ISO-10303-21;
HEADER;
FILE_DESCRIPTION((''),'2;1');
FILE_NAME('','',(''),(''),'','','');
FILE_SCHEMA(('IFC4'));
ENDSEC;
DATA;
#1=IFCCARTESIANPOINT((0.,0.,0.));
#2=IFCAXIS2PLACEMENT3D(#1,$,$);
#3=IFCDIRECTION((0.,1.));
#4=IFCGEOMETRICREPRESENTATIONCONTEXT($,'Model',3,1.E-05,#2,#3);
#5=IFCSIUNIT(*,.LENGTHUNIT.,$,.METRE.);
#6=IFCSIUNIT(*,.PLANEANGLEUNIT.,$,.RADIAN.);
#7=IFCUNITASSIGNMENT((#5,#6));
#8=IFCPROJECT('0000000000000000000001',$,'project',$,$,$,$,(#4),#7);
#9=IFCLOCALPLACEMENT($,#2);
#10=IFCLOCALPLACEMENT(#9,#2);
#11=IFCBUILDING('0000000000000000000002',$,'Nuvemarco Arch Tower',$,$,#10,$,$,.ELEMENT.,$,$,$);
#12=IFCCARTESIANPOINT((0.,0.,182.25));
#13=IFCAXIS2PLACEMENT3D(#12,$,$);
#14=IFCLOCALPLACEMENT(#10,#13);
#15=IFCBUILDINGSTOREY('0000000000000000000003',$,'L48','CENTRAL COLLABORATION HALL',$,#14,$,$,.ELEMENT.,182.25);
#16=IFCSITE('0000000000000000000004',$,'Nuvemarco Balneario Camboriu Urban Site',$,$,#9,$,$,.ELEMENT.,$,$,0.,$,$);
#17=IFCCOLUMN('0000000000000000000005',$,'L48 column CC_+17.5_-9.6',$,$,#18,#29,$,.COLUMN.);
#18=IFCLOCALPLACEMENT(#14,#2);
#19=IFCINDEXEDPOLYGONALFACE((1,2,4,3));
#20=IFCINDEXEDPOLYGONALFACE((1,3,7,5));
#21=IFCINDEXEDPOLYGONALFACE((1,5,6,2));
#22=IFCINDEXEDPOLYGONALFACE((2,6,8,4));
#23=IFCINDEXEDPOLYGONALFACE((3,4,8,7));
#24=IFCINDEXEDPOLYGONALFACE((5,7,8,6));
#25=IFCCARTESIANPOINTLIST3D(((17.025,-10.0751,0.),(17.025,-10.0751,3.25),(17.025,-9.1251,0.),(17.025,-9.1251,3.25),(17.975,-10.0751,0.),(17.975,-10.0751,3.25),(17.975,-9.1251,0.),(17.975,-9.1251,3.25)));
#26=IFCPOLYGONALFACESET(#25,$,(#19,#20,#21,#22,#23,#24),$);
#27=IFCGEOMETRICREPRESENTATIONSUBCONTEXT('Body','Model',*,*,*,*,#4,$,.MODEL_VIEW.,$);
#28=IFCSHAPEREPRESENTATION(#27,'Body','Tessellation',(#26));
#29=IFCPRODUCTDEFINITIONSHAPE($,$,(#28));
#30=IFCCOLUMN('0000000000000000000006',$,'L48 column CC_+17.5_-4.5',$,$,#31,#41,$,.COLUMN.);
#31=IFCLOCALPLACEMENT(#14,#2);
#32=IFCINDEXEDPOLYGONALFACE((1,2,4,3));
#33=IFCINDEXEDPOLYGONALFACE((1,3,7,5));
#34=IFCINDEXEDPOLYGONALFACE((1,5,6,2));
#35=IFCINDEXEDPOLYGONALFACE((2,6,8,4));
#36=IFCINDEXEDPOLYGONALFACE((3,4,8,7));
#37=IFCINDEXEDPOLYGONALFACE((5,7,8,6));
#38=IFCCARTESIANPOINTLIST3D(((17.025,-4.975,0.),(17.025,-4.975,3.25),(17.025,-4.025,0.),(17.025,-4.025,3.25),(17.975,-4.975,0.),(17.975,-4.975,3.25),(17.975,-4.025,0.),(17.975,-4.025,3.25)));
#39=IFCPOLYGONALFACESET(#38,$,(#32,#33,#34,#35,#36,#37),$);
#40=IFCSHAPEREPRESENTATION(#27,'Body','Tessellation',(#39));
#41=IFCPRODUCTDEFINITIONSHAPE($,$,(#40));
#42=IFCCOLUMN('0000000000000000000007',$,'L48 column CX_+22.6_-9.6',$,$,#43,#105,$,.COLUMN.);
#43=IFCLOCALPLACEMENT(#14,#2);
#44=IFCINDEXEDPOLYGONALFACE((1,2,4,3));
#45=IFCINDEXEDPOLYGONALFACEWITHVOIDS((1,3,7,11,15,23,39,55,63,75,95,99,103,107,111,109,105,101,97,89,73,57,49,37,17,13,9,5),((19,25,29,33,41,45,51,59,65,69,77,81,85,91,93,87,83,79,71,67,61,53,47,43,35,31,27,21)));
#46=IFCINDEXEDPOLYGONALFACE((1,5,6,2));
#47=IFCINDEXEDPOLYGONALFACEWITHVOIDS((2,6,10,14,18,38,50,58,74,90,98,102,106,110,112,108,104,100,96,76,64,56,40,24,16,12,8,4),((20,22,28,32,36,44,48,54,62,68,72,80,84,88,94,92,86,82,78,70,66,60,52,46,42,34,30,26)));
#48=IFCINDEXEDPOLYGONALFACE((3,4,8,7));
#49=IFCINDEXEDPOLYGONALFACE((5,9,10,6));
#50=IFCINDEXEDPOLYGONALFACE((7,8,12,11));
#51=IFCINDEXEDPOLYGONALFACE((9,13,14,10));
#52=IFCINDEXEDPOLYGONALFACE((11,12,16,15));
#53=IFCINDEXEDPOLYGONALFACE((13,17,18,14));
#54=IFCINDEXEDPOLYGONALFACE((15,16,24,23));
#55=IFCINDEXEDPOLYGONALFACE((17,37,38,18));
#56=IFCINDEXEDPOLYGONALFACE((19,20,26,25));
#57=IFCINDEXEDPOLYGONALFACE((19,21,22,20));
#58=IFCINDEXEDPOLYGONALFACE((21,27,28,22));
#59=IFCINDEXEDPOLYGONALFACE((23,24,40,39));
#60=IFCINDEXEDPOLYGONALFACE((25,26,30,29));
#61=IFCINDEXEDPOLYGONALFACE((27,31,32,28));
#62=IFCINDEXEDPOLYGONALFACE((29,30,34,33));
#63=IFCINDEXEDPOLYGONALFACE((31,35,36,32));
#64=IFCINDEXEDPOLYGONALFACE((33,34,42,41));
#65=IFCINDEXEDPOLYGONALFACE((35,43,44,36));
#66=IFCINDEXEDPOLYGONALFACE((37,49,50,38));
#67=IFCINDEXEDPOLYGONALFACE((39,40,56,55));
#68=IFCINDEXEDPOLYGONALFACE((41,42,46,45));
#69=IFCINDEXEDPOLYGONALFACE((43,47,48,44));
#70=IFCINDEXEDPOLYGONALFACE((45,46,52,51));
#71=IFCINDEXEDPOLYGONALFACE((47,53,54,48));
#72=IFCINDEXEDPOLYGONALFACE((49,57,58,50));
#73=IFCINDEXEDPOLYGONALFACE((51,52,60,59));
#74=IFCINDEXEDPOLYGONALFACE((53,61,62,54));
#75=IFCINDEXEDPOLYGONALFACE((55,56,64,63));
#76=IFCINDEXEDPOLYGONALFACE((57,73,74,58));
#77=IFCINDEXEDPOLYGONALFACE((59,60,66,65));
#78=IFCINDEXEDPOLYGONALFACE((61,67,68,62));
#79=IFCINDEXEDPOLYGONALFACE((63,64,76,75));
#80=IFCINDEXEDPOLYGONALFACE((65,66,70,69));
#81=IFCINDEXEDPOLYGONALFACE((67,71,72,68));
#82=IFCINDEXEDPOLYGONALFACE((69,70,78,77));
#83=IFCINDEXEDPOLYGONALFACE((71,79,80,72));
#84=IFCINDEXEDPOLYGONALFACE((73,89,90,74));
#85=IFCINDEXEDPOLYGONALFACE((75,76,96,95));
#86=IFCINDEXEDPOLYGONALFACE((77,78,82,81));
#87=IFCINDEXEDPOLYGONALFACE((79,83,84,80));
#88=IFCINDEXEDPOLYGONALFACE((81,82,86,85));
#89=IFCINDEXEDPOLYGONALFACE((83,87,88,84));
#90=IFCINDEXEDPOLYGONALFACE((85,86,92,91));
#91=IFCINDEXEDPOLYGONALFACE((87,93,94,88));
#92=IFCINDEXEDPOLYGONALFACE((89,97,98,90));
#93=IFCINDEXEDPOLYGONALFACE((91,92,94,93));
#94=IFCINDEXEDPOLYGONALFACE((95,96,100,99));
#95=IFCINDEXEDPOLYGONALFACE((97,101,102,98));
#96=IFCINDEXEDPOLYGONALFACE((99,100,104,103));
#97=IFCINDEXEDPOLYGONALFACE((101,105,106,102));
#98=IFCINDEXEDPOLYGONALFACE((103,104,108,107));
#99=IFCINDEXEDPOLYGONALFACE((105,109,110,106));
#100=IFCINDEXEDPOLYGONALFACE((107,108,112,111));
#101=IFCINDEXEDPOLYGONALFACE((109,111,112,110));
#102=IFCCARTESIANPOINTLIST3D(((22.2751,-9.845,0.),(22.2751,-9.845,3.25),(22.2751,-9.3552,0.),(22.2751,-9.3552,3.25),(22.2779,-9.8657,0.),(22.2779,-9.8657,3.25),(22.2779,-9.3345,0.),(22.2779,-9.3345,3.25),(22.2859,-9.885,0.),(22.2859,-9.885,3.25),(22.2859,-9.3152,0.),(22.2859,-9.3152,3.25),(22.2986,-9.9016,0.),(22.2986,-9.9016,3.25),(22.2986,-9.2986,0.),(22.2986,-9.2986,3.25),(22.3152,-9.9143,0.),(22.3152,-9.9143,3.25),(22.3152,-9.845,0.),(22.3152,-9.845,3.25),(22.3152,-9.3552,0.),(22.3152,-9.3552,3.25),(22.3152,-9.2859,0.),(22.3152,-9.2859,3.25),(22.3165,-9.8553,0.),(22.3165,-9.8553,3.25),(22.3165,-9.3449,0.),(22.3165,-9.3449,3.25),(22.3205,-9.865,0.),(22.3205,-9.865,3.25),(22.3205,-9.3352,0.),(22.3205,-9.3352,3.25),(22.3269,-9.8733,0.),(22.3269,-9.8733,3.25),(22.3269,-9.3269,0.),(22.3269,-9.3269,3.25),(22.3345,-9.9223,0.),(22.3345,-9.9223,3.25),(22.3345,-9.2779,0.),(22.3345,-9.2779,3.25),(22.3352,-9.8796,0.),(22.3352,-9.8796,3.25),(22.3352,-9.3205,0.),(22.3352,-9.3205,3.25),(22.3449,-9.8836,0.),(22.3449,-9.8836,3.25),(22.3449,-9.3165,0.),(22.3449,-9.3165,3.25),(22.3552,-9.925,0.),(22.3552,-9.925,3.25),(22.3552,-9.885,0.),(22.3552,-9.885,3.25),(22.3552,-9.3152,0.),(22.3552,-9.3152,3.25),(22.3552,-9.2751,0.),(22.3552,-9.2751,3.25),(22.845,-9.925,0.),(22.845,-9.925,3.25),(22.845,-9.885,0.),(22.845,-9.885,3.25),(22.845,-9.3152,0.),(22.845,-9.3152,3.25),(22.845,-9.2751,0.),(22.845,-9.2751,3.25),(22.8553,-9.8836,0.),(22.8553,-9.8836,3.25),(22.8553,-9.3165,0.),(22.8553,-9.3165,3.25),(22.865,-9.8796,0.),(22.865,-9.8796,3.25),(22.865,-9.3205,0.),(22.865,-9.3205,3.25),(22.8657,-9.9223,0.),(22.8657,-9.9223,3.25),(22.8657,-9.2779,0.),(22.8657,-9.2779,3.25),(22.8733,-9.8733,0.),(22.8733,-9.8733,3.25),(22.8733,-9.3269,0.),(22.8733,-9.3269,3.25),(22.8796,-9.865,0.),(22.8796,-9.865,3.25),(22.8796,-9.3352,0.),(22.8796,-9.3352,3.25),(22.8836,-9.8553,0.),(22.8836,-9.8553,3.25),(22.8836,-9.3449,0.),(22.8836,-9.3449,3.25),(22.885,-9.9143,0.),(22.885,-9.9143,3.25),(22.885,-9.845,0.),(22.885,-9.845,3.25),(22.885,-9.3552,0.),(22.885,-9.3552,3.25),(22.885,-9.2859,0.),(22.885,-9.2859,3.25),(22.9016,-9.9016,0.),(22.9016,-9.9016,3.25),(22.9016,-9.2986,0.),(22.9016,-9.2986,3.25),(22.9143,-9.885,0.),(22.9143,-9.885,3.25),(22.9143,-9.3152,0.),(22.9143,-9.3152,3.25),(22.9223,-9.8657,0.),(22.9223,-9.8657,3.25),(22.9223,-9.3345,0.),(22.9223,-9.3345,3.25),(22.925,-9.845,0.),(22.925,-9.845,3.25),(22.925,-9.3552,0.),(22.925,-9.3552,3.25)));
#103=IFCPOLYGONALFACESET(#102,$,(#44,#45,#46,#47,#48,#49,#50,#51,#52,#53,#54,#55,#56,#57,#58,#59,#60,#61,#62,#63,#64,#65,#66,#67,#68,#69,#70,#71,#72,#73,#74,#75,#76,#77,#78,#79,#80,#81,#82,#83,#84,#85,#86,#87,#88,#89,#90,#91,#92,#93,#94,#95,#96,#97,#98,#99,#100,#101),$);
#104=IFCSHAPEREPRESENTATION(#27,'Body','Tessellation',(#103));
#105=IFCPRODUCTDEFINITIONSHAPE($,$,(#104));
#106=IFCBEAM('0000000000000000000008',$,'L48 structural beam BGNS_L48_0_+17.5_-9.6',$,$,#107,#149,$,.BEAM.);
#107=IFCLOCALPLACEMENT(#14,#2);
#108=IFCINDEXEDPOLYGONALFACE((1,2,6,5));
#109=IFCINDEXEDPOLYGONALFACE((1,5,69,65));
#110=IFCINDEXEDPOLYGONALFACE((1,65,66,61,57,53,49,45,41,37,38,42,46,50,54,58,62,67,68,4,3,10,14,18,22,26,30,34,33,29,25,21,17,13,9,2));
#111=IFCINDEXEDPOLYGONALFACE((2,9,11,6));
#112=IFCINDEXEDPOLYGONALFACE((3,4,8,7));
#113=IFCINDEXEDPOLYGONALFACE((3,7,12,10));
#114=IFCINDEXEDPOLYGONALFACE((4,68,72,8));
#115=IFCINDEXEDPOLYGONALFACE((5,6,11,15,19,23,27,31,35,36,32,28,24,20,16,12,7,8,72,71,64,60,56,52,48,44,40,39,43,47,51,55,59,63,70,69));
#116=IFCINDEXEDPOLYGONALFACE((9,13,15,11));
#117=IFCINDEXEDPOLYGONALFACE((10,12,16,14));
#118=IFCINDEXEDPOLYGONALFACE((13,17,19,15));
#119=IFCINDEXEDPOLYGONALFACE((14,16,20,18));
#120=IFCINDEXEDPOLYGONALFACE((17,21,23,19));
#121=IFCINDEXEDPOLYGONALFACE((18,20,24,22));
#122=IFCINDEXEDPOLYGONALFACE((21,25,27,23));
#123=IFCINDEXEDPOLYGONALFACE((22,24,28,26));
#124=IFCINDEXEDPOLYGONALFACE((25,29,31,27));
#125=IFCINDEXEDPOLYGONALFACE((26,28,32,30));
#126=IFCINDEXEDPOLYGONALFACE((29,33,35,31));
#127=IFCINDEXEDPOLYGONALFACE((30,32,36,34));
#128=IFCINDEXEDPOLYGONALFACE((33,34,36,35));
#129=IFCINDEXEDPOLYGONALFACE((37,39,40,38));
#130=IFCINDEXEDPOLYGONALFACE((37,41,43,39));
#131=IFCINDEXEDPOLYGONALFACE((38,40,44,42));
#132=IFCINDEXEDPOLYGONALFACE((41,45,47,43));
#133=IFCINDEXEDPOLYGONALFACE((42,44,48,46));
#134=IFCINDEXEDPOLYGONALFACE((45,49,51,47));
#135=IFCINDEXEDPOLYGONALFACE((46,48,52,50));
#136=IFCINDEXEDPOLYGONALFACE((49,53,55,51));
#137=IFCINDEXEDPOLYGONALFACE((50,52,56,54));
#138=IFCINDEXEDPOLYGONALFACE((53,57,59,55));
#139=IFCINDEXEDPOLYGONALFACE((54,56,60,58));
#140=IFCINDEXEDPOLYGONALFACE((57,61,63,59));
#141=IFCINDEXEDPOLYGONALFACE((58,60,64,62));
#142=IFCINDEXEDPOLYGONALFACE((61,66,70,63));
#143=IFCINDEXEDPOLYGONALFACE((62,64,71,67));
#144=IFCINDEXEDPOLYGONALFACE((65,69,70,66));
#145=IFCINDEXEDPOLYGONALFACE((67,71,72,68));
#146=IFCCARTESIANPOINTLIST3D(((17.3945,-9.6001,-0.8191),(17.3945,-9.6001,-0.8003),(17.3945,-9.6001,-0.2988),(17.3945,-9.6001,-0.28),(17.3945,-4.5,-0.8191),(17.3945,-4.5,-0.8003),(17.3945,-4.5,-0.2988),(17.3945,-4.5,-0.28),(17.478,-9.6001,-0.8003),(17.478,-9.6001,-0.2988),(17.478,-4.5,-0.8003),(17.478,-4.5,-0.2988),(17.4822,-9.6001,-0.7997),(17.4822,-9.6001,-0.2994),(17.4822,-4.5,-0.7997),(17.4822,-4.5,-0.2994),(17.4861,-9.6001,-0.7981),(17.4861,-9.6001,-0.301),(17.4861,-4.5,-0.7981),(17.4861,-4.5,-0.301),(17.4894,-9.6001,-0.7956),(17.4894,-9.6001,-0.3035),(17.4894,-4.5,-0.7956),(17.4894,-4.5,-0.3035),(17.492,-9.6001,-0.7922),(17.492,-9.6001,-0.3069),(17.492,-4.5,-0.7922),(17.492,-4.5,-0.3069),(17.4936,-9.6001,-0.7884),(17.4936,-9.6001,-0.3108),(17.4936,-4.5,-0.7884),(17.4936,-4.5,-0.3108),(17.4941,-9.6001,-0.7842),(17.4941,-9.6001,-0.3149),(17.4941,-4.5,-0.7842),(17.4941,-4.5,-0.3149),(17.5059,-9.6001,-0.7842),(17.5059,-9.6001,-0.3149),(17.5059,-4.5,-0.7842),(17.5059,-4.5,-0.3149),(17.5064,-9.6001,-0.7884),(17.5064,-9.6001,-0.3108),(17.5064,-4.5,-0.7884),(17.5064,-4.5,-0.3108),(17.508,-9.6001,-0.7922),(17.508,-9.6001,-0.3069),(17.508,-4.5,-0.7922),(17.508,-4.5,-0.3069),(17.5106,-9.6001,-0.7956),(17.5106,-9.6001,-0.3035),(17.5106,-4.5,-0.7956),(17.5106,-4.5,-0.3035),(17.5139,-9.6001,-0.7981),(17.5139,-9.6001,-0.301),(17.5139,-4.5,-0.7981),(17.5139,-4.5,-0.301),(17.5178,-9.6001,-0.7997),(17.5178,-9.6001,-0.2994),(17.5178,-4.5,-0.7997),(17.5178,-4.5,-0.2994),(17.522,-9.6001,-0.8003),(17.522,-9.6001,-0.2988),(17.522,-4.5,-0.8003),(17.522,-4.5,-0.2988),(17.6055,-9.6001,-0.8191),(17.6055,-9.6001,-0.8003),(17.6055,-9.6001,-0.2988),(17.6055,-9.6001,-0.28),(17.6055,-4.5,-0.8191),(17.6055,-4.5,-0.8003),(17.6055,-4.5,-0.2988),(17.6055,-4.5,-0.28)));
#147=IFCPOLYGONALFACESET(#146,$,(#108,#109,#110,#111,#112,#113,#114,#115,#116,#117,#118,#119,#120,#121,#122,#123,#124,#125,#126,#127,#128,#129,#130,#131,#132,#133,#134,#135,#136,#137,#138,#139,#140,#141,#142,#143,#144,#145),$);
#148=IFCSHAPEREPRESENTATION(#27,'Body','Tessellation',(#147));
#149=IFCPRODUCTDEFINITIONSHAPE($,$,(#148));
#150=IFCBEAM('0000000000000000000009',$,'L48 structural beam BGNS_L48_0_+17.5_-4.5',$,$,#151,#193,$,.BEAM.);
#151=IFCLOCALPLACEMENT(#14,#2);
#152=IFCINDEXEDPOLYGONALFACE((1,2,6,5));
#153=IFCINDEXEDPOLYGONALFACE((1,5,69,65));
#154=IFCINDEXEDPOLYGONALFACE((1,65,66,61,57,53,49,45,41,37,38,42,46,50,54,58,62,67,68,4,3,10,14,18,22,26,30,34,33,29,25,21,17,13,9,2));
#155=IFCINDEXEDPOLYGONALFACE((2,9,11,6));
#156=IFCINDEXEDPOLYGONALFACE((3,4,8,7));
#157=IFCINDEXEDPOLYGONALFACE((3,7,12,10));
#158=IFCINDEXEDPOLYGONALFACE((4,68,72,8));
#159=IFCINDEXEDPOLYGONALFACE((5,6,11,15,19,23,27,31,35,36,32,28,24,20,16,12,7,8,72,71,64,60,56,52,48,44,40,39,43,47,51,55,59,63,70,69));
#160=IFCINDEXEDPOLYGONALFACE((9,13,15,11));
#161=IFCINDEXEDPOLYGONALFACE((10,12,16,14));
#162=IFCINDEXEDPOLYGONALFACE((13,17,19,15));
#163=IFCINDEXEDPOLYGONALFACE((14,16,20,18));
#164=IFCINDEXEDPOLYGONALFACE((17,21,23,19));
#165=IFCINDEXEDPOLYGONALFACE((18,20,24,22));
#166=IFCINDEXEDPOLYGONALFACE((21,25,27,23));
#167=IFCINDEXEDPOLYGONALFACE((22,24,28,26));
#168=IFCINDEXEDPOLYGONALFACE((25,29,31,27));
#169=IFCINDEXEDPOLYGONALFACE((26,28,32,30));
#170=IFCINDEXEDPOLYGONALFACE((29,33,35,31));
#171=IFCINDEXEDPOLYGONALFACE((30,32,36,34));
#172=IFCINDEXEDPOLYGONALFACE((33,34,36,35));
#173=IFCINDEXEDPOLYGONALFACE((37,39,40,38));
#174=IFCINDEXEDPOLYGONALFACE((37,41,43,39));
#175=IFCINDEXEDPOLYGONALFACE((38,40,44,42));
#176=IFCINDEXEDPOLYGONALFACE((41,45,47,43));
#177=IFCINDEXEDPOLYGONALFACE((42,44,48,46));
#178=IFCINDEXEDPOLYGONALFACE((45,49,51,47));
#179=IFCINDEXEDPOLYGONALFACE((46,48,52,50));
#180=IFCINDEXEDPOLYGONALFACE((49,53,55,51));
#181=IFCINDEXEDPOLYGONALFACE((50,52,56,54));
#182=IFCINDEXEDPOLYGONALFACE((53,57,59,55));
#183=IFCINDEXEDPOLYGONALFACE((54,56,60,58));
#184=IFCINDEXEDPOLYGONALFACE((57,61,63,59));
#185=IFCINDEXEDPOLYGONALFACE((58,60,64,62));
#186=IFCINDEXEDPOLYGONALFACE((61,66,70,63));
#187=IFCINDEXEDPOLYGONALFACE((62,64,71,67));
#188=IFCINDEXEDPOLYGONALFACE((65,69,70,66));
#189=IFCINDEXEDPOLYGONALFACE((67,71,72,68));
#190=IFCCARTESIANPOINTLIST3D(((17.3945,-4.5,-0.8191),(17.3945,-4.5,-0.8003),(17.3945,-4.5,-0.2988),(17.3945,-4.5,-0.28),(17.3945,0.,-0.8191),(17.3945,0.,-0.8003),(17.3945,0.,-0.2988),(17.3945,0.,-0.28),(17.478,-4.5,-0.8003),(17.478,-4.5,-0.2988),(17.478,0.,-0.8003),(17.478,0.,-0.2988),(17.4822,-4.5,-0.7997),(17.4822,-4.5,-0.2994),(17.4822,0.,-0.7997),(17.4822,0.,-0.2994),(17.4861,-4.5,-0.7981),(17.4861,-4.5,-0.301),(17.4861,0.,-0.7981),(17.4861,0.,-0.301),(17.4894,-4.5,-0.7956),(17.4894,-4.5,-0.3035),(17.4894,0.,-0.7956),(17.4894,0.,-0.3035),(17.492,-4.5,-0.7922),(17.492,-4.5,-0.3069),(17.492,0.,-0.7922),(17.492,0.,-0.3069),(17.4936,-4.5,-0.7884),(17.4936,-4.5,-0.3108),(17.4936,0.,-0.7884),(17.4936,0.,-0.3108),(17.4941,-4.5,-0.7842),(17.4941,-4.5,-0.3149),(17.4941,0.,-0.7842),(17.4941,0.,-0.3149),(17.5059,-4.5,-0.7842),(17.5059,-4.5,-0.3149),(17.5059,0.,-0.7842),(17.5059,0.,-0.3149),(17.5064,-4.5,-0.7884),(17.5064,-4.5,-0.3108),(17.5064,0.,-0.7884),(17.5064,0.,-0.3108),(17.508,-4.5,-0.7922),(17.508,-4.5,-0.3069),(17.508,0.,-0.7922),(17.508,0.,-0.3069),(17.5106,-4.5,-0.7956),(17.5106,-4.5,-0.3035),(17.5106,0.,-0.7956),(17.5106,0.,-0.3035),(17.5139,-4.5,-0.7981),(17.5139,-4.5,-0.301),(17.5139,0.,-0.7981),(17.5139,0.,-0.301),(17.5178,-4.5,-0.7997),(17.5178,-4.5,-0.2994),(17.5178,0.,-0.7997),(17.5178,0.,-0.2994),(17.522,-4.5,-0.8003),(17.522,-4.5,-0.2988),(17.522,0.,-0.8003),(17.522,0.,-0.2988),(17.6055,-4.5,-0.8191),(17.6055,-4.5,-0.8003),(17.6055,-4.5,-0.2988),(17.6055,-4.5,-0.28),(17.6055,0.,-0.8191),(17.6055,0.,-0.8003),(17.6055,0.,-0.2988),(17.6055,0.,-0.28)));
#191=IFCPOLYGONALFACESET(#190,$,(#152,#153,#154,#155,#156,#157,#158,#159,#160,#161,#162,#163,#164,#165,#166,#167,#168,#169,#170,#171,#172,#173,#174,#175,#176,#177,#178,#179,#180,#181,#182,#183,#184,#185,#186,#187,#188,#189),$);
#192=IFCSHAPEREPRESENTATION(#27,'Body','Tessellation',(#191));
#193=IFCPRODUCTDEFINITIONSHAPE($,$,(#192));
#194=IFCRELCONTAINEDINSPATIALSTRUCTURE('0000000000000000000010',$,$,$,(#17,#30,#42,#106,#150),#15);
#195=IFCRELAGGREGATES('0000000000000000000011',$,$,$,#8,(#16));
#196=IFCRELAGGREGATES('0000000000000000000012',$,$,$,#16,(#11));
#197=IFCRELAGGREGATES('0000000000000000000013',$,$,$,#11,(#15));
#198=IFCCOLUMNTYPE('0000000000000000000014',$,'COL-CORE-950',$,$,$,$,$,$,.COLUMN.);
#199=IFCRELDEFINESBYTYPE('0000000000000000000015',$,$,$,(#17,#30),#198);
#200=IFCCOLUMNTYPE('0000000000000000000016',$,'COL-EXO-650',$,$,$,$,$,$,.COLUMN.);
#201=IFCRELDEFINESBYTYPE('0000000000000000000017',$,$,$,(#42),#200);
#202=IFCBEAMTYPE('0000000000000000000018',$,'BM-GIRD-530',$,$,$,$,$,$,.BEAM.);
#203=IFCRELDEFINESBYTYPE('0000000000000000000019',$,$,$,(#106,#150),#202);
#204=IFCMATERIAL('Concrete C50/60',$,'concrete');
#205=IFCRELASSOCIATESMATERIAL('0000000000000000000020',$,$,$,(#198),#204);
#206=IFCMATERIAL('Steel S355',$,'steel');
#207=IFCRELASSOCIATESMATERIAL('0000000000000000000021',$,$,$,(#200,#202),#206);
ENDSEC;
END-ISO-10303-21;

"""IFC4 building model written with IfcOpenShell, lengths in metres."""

from ifc_helpers import new_model, si_unit, direction, frame, origin, origin_2d, place, context, subcontext, project, spatial, rectangle, hollow_rectangle, i_section, extrude, material, material_profile, profile_set, type_object, element, save


model = new_model("IFC4")

# Units and contexts
model_context = context("Model", 3, precision=1e-05, world=origin(), true_north=direction((0.0, 1.0)))
body_context = subcontext(model_context, "Body", "Model", "MODEL_VIEW")
ifc_project = project(units=[si_unit("LENGTHUNIT", "METRE"), si_unit("PLANEANGLEUNIT", "RADIAN")], contexts=[model_context])

# Site, building, storey
site_placement = place(None, origin())
site = spatial("IfcSite", under=ifc_project, at=site_placement, Name="Nuvemarco Balneario Camboriu Urban Site", CompositionType="ELEMENT", RefElevation=0.0)
building_placement = place(site_placement, origin())
building = spatial("IfcBuilding", under=site, at=building_placement, Name="Nuvemarco Arch Tower", CompositionType="ELEMENT")
storey_placement = place(building_placement, frame((0.0, 0.0, 182.25)))
storey = spatial("IfcBuildingStorey", under=building, at=storey_placement, Name="L48", Description="CENTRAL COLLABORATION HALL", CompositionType="ELEMENT", Elevation=182.25)

# Columns
ifc_material_1 = material(Name="Concrete C50/60", Category="concrete")
ifc_material_profile_1 = material_profile(ifc_material_1, rectangle(XDim=0.95, YDim=0.95, at=origin_2d()), Name="RC-COL-950x950")
ifc_profile_set_1 = profile_set([ifc_material_profile_1], Name="Concrete C50/60")
column_type_1 = type_object("IfcColumnType", Name="COL-CORE-950", PredefinedType="COLUMN", material=ifc_profile_set_1)
for number, where, z_axis, x_axis, name in (
    (1, (17.5, -9.6001, 0.0), (0.0, 0.0, 1.0), (1.0, 0.0, 0.0), "L48 column CC_+17.5_-9.6"),
    (2, (17.5, -4.5, 0.0), (0.0, 0.0, 1.0), (1.0, 0.0, 0.0), "L48 column CC_+17.5_-4.5"),
):
    element("IfcColumn", number, at=place(storey_placement, frame(where, z_axis=z_axis, x_axis=x_axis)), inside=storey, type_object=column_type_1, Name=name, PredefinedType="COLUMN", context=body_context, shape_type="SweptSolid", body=[
        extrude(rectangle(XDim=0.95, YDim=0.95, at=origin_2d()), origin(), (0.0, 0.0, 1.0), 3.25),
    ])
ifc_material_2 = material(Name="Steel S355", Category="steel")
ifc_material_profile_2 = material_profile(ifc_material_2, hollow_rectangle(XDim=0.6499, YDim=0.6499, WallThickness=0.04, InnerFilletRadius=0.04, OuterFilletRadius=0.0801, at=origin_2d()), Name="SHS650x650x40")
ifc_profile_set_2 = profile_set([ifc_material_profile_2], Name="Steel S355")
column_type_2 = type_object("IfcColumnType", Name="COL-EXO-650", PredefinedType="COLUMN", material=ifc_profile_set_2)
column_placement = place(storey_placement, frame((22.6001, -9.6001, 0.0), z_axis=(0.0, 0.0, 1.0), x_axis=(1.0, 0.0, 0.0)))
element("IfcColumn", 3, at=column_placement, inside=storey, type_object=column_type_2, Name="L48 column CX_+22.6_-9.6", PredefinedType="COLUMN", context=body_context, shape_type="SweptSolid", body=[
    extrude(hollow_rectangle(XDim=0.6499, YDim=0.6499, WallThickness=0.04, InnerFilletRadius=0.04, OuterFilletRadius=0.0801, at=origin_2d()), origin(), (0.0, 0.0, 1.0), 3.25),
])

# Beams
ifc_material_profile_3 = material_profile(ifc_material_2, i_section(OverallWidth=0.2109, OverallDepth=0.5391, WebThickness=0.0117, FlangeThickness=0.0188, FilletRadius=0.0161, at=origin_2d()), Name="W530x109")
ifc_profile_set_3 = profile_set([ifc_material_profile_3], Name="Steel S355")
beam_type_1 = type_object("IfcBeamType", Name="BM-GIRD-530", PredefinedType="BEAM", material=ifc_profile_set_3)
beam_1_placement = place(storey_placement, frame((17.5, -9.6001, -0.5496), z_axis=(0.0, 1.0, 0.0), x_axis=(-1.0, 0.0, 0.0)))
element("IfcBeam", 4, at=beam_1_placement, inside=storey, type_object=beam_type_1, Name="L48 structural beam BGNS_L48_0_+17.5_-9.6", PredefinedType="BEAM", context=body_context, shape_type="SweptSolid", body=[
    extrude(i_section(OverallWidth=0.2109, OverallDepth=0.5391, WebThickness=0.0117, FlangeThickness=0.0188, FilletRadius=0.0161, at=origin_2d()), origin(), (0.0, 0.0, 1.0), 5.1001),
])
beam_2_placement = place(storey_placement, frame((17.5, -4.5, -0.5496), z_axis=(0.0, 1.0, 0.0), x_axis=(-1.0, 0.0, 0.0)))
element("IfcBeam", 5, at=beam_2_placement, inside=storey, type_object=beam_type_1, Name="L48 structural beam BGNS_L48_0_+17.5_-4.5", PredefinedType="BEAM", context=body_context, shape_type="SweptSolid", body=[
    extrude(i_section(OverallWidth=0.2109, OverallDepth=0.5391, WebThickness=0.0117, FlangeThickness=0.0188, FilletRadius=0.0161, at=origin_2d()), origin(), (0.0, 0.0, 1.0), 4.5),
])

save(model, "model.ifc")
